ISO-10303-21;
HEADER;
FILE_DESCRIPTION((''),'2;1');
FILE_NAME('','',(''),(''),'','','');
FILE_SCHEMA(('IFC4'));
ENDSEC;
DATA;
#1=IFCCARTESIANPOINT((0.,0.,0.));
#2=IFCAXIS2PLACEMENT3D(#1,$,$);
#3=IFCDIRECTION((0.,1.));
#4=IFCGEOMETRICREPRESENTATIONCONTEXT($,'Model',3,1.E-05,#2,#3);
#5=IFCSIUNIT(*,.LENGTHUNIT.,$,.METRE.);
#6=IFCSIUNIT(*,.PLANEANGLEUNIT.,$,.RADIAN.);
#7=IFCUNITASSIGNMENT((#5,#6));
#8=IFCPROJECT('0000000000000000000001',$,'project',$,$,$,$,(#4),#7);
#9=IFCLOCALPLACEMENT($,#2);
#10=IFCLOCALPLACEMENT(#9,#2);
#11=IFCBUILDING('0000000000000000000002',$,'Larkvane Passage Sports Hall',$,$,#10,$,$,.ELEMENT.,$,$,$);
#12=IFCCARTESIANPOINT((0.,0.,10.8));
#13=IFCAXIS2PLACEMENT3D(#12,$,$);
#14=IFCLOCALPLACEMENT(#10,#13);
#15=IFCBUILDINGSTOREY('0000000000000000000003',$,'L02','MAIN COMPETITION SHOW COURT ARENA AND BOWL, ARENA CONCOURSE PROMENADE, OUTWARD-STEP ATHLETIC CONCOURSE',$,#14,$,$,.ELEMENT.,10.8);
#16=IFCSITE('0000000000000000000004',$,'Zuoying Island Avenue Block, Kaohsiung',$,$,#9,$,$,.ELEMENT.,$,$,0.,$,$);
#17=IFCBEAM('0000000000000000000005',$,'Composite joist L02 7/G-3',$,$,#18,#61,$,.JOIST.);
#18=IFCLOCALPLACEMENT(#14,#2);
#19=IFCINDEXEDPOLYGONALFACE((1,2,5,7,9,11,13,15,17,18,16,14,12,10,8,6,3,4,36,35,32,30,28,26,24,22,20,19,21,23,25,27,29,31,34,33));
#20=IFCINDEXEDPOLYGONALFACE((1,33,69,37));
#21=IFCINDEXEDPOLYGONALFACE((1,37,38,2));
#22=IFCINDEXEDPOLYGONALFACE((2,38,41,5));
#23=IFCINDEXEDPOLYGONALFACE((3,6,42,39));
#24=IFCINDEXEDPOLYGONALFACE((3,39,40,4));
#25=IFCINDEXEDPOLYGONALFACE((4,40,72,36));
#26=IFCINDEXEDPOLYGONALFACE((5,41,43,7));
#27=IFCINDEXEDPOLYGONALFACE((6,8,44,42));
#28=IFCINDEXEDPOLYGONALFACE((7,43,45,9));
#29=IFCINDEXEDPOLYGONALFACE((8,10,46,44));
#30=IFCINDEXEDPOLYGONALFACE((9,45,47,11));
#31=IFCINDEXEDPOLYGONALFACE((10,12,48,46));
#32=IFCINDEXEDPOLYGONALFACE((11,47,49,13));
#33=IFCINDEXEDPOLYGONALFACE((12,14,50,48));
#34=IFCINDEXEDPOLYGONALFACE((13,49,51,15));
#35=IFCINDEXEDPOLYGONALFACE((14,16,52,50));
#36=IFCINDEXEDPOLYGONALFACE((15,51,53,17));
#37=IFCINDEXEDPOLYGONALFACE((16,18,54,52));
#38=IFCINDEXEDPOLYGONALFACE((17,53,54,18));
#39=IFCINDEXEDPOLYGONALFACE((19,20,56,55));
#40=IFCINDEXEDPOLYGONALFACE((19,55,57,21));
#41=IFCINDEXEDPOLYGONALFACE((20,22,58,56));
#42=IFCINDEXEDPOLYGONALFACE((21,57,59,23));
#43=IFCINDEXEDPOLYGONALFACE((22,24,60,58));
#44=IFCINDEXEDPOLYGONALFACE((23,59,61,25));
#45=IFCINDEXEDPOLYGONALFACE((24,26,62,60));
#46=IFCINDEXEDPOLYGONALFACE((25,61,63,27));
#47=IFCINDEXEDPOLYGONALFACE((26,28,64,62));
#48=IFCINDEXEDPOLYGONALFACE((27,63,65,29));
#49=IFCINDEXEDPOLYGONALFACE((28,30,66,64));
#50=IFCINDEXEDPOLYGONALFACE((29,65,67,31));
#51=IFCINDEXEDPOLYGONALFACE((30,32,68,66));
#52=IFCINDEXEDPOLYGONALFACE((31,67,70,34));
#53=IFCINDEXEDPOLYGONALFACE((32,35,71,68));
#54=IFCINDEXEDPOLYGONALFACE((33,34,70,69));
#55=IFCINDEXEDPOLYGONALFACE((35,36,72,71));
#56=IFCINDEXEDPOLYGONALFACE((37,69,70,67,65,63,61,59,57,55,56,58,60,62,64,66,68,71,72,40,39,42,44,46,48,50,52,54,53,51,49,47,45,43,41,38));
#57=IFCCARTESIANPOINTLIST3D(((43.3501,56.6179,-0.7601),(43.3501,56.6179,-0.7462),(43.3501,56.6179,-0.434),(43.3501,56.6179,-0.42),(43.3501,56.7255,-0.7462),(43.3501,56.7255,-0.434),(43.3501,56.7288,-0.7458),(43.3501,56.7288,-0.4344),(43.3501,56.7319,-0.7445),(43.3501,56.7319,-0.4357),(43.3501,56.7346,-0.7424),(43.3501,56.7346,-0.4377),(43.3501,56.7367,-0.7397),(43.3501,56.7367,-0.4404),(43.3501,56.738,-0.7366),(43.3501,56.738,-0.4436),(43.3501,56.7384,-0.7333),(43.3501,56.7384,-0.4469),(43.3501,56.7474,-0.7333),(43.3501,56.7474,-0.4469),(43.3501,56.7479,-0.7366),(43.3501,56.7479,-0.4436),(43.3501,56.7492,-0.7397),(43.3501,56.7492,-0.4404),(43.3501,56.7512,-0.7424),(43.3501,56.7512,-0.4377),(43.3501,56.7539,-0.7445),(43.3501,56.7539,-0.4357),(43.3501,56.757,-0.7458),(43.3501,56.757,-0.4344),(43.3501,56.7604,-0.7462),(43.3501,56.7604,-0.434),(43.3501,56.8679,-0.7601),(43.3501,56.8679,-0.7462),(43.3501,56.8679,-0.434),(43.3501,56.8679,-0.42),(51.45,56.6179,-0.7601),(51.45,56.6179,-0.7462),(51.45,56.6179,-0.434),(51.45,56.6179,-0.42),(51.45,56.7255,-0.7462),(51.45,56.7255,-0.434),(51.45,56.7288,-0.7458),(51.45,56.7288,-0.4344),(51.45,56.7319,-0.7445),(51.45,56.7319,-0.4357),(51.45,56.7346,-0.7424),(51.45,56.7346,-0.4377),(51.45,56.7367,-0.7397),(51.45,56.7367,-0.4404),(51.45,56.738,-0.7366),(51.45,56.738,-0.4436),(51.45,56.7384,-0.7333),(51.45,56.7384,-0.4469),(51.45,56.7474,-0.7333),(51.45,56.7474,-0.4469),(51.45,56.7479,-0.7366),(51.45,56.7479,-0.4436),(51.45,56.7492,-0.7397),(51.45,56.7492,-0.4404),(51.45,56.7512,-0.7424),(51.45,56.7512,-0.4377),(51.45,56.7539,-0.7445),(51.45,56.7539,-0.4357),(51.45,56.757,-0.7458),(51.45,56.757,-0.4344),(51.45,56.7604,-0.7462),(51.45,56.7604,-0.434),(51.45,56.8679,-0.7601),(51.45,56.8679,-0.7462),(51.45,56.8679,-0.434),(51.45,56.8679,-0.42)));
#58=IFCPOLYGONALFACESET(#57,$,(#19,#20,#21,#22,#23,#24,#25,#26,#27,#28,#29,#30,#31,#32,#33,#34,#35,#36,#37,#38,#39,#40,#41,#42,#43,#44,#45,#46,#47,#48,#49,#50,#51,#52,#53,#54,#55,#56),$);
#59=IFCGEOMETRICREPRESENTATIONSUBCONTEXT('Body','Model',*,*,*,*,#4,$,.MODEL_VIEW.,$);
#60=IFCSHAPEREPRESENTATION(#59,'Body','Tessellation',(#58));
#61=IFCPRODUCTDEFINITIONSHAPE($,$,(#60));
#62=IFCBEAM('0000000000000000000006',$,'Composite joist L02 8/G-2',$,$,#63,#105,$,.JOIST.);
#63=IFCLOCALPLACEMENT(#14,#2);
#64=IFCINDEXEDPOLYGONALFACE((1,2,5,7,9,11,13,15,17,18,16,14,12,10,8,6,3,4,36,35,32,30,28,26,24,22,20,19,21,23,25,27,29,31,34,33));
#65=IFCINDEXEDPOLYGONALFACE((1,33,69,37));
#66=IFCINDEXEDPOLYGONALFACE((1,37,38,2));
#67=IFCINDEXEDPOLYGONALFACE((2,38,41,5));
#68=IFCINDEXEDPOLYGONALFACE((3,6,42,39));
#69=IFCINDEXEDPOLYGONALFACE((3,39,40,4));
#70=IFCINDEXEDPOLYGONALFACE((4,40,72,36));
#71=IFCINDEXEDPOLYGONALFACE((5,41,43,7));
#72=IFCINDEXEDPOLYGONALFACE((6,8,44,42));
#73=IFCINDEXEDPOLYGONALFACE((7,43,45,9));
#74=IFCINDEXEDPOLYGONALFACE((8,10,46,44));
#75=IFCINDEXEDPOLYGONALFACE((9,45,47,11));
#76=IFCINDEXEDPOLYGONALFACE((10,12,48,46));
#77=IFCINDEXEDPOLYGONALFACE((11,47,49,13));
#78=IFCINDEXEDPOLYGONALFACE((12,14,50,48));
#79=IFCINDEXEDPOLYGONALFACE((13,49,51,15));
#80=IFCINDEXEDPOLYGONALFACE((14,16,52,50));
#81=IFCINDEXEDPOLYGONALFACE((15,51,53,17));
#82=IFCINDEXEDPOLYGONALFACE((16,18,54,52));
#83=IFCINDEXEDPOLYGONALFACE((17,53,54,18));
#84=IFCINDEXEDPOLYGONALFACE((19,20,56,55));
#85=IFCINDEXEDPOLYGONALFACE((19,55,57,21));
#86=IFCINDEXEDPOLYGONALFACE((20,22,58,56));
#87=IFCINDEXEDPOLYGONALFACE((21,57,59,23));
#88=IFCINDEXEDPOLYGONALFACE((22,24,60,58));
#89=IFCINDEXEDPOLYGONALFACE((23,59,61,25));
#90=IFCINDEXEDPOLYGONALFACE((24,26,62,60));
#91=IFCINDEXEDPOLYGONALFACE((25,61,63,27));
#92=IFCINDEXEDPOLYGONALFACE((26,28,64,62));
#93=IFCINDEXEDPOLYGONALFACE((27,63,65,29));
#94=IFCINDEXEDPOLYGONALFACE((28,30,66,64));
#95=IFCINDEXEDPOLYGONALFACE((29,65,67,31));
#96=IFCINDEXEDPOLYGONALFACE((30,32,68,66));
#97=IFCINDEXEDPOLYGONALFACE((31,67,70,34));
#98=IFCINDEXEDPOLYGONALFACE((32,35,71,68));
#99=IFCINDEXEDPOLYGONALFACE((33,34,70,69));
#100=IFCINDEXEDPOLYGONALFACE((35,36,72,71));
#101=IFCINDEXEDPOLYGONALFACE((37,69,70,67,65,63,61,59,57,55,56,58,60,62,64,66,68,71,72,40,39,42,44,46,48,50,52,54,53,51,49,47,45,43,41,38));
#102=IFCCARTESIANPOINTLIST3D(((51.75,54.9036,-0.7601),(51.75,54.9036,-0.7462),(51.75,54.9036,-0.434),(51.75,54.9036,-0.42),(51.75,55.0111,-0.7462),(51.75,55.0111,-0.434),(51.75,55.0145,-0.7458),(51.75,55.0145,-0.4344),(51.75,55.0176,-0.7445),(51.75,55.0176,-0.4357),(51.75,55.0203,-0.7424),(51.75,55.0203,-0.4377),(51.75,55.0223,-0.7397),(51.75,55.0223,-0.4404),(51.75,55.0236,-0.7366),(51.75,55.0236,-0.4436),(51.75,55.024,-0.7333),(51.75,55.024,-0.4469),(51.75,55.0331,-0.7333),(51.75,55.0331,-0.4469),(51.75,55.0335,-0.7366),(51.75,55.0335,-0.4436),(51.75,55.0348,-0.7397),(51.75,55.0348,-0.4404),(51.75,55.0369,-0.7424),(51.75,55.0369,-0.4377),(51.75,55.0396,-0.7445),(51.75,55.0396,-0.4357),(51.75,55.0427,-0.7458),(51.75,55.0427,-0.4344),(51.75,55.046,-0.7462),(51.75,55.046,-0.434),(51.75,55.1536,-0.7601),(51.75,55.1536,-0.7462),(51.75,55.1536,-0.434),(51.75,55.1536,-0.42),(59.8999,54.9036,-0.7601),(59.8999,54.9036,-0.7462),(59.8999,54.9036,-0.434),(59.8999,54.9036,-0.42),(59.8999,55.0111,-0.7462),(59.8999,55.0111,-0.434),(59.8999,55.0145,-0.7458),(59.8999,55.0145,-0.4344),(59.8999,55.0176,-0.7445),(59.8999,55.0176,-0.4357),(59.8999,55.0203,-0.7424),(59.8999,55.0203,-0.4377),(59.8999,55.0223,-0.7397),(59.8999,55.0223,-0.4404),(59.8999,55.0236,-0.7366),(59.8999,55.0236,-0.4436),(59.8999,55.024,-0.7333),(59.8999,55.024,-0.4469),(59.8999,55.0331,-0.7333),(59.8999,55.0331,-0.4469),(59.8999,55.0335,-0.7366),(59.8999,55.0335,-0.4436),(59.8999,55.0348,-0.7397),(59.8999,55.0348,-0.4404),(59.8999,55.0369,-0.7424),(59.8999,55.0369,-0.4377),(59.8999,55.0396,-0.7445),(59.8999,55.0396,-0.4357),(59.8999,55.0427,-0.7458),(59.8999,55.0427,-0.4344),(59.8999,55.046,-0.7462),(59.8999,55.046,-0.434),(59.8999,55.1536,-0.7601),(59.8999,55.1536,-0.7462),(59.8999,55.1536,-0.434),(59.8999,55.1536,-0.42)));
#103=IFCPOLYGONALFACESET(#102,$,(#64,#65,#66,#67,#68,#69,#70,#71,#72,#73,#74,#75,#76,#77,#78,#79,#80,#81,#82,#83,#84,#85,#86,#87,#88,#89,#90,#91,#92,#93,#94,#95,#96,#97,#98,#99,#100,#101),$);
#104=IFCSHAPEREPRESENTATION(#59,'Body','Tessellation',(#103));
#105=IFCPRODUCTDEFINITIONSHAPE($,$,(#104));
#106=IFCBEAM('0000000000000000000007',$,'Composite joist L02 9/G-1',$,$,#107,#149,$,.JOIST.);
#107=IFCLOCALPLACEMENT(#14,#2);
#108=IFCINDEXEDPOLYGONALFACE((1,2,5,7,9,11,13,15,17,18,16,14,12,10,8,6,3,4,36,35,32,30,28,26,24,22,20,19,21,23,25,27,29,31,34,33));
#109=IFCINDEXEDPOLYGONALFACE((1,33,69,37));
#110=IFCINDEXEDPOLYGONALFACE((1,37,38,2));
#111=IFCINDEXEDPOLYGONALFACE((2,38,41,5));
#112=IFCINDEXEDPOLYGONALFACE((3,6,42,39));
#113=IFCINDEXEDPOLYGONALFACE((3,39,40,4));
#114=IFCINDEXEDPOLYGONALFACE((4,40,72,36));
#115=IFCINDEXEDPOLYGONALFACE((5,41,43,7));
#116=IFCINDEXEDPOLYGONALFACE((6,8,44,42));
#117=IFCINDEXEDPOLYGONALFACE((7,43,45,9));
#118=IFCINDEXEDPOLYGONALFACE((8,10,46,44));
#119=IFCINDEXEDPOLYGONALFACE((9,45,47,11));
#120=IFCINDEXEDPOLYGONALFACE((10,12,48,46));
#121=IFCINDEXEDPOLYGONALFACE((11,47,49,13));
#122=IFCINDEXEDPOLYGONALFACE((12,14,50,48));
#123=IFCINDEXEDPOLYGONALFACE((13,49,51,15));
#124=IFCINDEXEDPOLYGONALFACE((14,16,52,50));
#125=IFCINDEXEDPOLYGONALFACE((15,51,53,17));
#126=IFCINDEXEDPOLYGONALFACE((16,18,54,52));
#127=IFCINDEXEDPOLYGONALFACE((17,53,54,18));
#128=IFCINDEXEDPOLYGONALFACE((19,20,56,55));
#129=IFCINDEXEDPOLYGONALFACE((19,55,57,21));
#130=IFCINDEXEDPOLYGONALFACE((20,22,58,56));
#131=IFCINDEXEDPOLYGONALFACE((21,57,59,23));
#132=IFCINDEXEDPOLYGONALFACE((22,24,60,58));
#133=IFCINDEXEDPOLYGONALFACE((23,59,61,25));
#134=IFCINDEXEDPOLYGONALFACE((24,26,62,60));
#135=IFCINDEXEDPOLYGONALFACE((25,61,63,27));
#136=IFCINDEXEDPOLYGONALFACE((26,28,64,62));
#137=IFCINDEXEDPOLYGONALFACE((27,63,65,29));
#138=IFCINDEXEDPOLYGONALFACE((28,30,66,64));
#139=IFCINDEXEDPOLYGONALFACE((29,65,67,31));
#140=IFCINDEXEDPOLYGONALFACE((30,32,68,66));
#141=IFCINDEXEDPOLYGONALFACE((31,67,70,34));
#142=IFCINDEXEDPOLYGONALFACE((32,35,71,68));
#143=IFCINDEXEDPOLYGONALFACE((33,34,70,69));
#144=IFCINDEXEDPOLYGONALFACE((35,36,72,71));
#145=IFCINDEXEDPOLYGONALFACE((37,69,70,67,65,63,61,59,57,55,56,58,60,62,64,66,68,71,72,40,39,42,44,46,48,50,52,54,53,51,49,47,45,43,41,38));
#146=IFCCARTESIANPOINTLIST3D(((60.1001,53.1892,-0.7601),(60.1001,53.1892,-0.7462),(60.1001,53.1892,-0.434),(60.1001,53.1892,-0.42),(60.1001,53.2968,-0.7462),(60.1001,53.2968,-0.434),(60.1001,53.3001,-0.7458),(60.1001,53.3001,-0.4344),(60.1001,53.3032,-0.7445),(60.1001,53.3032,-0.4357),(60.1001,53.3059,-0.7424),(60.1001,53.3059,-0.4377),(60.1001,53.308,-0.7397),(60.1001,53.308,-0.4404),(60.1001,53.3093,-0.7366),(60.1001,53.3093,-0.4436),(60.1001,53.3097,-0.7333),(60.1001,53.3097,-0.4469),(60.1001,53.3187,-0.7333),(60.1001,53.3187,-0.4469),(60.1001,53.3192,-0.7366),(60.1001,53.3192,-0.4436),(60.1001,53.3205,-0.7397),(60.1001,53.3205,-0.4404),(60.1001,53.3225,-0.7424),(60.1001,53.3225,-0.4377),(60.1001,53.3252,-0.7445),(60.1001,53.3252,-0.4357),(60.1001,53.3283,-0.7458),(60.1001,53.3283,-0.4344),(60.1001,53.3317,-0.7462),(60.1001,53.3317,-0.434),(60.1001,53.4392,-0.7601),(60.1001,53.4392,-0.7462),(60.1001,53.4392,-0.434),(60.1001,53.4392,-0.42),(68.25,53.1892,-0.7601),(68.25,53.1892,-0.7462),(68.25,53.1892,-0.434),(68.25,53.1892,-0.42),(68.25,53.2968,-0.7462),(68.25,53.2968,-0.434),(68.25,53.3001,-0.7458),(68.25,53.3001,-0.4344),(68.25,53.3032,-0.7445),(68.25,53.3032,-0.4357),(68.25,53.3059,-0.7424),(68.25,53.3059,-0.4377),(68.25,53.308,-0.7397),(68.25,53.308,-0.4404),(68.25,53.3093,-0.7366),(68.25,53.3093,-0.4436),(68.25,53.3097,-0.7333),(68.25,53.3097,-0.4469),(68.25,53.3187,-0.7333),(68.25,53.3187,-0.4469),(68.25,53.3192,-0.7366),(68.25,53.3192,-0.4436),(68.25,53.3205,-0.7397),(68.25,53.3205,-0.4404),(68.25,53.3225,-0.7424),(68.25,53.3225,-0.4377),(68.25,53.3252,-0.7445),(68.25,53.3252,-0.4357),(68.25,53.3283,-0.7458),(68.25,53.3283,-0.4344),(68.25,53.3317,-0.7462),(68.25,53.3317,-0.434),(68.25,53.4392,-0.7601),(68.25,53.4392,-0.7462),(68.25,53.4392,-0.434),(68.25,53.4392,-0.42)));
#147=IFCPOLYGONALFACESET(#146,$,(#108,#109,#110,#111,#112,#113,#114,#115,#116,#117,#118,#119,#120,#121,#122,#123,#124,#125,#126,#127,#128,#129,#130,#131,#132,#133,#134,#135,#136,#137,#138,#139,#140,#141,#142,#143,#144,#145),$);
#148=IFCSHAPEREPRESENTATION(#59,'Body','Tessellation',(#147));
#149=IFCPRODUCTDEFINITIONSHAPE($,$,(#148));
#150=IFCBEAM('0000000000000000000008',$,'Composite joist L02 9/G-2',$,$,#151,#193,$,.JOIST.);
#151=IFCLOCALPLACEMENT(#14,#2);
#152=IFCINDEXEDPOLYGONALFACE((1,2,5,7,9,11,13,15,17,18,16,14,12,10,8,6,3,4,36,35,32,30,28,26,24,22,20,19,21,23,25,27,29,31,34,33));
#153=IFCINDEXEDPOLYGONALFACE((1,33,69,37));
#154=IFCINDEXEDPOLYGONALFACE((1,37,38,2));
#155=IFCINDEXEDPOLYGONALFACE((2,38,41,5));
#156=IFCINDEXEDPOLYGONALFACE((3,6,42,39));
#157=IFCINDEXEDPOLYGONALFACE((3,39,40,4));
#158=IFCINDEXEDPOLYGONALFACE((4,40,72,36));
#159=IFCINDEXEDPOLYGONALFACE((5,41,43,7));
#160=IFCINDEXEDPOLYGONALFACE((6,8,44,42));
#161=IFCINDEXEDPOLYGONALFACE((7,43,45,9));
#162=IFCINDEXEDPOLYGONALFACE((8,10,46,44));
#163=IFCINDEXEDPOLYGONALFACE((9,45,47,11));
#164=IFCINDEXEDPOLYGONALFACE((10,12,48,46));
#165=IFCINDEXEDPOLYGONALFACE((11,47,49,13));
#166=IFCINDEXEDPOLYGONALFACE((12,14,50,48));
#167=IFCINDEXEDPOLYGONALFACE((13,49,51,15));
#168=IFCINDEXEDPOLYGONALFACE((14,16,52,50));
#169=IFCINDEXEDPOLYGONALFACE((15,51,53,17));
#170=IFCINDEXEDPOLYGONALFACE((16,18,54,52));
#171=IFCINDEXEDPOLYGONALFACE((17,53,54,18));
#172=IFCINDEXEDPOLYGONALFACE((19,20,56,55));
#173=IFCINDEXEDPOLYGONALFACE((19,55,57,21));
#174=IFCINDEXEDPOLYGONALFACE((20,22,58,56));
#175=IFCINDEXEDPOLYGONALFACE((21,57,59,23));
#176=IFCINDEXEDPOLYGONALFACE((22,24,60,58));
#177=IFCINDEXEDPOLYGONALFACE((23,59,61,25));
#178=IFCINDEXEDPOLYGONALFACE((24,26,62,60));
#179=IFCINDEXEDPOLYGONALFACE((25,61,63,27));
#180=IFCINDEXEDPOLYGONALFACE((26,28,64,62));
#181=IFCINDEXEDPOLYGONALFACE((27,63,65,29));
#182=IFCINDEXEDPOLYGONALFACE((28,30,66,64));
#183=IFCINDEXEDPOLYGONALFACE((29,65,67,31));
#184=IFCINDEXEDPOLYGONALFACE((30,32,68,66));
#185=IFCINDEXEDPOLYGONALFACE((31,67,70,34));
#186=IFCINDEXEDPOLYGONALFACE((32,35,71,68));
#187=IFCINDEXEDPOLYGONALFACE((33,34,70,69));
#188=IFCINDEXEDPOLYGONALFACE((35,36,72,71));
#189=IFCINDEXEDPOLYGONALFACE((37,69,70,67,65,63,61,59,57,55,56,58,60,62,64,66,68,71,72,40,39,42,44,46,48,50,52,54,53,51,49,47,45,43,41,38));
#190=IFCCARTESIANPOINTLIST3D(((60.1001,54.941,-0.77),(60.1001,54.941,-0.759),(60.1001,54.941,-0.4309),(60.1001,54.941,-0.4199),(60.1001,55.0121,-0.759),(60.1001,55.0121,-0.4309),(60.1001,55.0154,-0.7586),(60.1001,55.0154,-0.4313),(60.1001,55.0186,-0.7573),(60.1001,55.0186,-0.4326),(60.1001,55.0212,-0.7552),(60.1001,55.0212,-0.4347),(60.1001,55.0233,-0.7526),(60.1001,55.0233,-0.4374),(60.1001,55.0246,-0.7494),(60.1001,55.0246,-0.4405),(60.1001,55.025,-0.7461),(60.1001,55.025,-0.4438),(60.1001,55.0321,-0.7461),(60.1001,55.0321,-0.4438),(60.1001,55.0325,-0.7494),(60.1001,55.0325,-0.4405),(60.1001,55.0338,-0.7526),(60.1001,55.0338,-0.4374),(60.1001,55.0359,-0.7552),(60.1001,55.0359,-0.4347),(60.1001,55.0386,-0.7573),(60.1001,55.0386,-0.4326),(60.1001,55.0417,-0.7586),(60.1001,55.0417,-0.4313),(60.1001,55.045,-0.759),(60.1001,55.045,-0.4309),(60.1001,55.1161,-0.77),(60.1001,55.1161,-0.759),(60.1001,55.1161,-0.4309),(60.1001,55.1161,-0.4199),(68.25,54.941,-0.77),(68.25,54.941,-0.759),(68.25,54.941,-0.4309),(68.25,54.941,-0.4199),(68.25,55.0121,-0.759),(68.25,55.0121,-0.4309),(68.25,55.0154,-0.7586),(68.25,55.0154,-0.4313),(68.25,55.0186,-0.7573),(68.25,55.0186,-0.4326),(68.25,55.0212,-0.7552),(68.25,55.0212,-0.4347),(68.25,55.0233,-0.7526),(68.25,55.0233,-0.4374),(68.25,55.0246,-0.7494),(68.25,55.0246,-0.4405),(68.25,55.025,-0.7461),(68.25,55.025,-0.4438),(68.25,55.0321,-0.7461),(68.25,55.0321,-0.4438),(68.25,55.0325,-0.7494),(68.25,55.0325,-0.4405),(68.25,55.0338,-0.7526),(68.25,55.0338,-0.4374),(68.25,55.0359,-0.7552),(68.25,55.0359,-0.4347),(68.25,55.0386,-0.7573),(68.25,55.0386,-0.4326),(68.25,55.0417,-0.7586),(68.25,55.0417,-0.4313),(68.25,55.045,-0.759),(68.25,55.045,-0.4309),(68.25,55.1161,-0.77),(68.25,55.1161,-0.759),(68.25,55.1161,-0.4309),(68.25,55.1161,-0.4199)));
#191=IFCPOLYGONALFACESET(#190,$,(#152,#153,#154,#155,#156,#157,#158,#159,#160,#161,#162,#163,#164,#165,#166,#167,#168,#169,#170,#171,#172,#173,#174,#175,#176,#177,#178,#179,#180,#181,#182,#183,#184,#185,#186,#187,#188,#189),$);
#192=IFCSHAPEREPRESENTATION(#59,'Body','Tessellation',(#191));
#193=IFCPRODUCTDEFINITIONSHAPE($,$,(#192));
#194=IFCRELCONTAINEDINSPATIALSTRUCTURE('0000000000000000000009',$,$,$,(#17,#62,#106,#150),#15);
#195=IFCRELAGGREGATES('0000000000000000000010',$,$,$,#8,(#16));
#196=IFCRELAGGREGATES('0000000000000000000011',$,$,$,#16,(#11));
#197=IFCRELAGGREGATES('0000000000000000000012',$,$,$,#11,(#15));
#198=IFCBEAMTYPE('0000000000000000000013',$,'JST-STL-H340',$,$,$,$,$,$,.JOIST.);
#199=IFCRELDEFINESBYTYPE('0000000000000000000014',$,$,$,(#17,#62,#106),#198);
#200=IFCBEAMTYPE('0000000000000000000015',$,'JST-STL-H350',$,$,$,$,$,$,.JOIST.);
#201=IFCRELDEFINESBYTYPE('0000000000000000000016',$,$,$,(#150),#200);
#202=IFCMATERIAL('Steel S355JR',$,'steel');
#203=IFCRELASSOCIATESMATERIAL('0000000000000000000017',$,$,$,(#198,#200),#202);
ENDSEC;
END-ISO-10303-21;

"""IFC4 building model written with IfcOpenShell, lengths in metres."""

from ifc_helpers import new_model, si_unit, direction, frame, origin, origin_2d, place, context, subcontext, project, spatial, i_section, extrude, material, material_profile, profile_set, type_object, element, save


model = new_model("IFC4")

# Units and contexts
model_context = context("Model", 3, precision=1e-05, world=origin(), true_north=direction((0.0, 1.0)))
body_context = subcontext(model_context, "Body", "Model", "MODEL_VIEW")
ifc_project = project(units=[si_unit("LENGTHUNIT", "METRE"), si_unit("PLANEANGLEUNIT", "RADIAN")], contexts=[model_context])

# Site, building, storey
site_placement = place(None, origin())
site = spatial("IfcSite", under=ifc_project, at=site_placement, Name="Zuoying Island Avenue Block, Kaohsiung", CompositionType="ELEMENT", RefElevation=0.0)
building_placement = place(site_placement, origin())
building = spatial("IfcBuilding", under=site, at=building_placement, Name="Larkvane Passage Sports Hall", CompositionType="ELEMENT")
storey_placement = place(building_placement, frame((0.0, 0.0, 10.8)))
storey = spatial("IfcBuildingStorey", under=building, at=storey_placement, Name="L02", Description="MAIN COMPETITION SHOW COURT ARENA AND BOWL, ARENA CONCOURSE PROMENADE, OUTWARD-STEP ATHLETIC CONCOURSE", CompositionType="ELEMENT", Elevation=10.8)

# Beams
ifc_material_1 = material(Name="Steel S355JR", Category="steel")
ifc_material_profile_1 = material_profile(ifc_material_1, i_section(OverallWidth=0.25, OverallDepth=0.3401, WebThickness=0.009, FlangeThickness=0.0139, FilletRadius=0.0129, at=origin_2d()), Name="H-340x250x9x14")
ifc_profile_set_1 = profile_set([ifc_material_profile_1], Name="Steel S355JR")
beam_type_1 = type_object("IfcBeamType", Name="JST-STL-H340", PredefinedType="JOIST", material=ifc_profile_set_1)
beam_1_placement = place(storey_placement, frame((43.3501, 56.7429, -0.5901), z_axis=(1.0, 0.0, 0.0), x_axis=(0.0, 1.0, 0.0)))
element("IfcBeam", 1, at=beam_1_placement, inside=storey, type_object=beam_type_1, Name="Composite joist L02 7/G-3", PredefinedType="JOIST", context=body_context, shape_type="SweptSolid", body=[
    extrude(i_section(OverallWidth=0.25, OverallDepth=0.3401, WebThickness=0.009, FlangeThickness=0.0139, FilletRadius=0.0129, at=origin_2d()), origin(), (0.0, 0.0, 1.0), 8.0999),
])
for number, where, z_axis, x_axis, name in (
    (2, (51.75, 55.0286, -0.5901), (1.0, 0.0, 0.0), (0.0, 1.0, 0.0), "Composite joist L02 8/G-2"),
    (3, (60.1001, 53.3142, -0.5901), (1.0, 0.0, 0.0), (0.0, 1.0, 0.0), "Composite joist L02 9/G-1"),
):
    element("IfcBeam", number, at=place(storey_placement, frame(where, z_axis=z_axis, x_axis=x_axis)), inside=storey, type_object=beam_type_1, Name=name, PredefinedType="JOIST", context=body_context, shape_type="SweptSolid", body=[
        extrude(i_section(OverallWidth=0.25, OverallDepth=0.3401, WebThickness=0.009, FlangeThickness=0.0139, FilletRadius=0.0129, at=origin_2d()), origin(), (0.0, 0.0, 1.0), 8.1499),
    ])
ifc_material_profile_2 = material_profile(ifc_material_1, i_section(OverallWidth=0.175, OverallDepth=0.3501, WebThickness=0.0071, FlangeThickness=0.011, FilletRadius=0.0129, at=origin_2d()), Name="H-350x175x7x11")
ifc_profile_set_2 = profile_set([ifc_material_profile_2], Name="Steel S355JR")
beam_type_2 = type_object("IfcBeamType", Name="JST-STL-H350", PredefinedType="JOIST", material=ifc_profile_set_2)
beam_2_placement = place(storey_placement, frame((60.1001, 55.0286, -0.595), z_axis=(1.0, 0.0, 0.0), x_axis=(0.0, 1.0, 0.0)))
element("IfcBeam", 4, at=beam_2_placement, inside=storey, type_object=beam_type_2, Name="Composite joist L02 9/G-2", PredefinedType="JOIST", context=body_context, shape_type="SweptSolid", body=[
    extrude(i_section(OverallWidth=0.175, OverallDepth=0.3501, WebThickness=0.0071, FlangeThickness=0.011, FilletRadius=0.0129, at=origin_2d()), origin(), (0.0, 0.0, 1.0), 8.1499),
])

save(model, "model.ifc")
